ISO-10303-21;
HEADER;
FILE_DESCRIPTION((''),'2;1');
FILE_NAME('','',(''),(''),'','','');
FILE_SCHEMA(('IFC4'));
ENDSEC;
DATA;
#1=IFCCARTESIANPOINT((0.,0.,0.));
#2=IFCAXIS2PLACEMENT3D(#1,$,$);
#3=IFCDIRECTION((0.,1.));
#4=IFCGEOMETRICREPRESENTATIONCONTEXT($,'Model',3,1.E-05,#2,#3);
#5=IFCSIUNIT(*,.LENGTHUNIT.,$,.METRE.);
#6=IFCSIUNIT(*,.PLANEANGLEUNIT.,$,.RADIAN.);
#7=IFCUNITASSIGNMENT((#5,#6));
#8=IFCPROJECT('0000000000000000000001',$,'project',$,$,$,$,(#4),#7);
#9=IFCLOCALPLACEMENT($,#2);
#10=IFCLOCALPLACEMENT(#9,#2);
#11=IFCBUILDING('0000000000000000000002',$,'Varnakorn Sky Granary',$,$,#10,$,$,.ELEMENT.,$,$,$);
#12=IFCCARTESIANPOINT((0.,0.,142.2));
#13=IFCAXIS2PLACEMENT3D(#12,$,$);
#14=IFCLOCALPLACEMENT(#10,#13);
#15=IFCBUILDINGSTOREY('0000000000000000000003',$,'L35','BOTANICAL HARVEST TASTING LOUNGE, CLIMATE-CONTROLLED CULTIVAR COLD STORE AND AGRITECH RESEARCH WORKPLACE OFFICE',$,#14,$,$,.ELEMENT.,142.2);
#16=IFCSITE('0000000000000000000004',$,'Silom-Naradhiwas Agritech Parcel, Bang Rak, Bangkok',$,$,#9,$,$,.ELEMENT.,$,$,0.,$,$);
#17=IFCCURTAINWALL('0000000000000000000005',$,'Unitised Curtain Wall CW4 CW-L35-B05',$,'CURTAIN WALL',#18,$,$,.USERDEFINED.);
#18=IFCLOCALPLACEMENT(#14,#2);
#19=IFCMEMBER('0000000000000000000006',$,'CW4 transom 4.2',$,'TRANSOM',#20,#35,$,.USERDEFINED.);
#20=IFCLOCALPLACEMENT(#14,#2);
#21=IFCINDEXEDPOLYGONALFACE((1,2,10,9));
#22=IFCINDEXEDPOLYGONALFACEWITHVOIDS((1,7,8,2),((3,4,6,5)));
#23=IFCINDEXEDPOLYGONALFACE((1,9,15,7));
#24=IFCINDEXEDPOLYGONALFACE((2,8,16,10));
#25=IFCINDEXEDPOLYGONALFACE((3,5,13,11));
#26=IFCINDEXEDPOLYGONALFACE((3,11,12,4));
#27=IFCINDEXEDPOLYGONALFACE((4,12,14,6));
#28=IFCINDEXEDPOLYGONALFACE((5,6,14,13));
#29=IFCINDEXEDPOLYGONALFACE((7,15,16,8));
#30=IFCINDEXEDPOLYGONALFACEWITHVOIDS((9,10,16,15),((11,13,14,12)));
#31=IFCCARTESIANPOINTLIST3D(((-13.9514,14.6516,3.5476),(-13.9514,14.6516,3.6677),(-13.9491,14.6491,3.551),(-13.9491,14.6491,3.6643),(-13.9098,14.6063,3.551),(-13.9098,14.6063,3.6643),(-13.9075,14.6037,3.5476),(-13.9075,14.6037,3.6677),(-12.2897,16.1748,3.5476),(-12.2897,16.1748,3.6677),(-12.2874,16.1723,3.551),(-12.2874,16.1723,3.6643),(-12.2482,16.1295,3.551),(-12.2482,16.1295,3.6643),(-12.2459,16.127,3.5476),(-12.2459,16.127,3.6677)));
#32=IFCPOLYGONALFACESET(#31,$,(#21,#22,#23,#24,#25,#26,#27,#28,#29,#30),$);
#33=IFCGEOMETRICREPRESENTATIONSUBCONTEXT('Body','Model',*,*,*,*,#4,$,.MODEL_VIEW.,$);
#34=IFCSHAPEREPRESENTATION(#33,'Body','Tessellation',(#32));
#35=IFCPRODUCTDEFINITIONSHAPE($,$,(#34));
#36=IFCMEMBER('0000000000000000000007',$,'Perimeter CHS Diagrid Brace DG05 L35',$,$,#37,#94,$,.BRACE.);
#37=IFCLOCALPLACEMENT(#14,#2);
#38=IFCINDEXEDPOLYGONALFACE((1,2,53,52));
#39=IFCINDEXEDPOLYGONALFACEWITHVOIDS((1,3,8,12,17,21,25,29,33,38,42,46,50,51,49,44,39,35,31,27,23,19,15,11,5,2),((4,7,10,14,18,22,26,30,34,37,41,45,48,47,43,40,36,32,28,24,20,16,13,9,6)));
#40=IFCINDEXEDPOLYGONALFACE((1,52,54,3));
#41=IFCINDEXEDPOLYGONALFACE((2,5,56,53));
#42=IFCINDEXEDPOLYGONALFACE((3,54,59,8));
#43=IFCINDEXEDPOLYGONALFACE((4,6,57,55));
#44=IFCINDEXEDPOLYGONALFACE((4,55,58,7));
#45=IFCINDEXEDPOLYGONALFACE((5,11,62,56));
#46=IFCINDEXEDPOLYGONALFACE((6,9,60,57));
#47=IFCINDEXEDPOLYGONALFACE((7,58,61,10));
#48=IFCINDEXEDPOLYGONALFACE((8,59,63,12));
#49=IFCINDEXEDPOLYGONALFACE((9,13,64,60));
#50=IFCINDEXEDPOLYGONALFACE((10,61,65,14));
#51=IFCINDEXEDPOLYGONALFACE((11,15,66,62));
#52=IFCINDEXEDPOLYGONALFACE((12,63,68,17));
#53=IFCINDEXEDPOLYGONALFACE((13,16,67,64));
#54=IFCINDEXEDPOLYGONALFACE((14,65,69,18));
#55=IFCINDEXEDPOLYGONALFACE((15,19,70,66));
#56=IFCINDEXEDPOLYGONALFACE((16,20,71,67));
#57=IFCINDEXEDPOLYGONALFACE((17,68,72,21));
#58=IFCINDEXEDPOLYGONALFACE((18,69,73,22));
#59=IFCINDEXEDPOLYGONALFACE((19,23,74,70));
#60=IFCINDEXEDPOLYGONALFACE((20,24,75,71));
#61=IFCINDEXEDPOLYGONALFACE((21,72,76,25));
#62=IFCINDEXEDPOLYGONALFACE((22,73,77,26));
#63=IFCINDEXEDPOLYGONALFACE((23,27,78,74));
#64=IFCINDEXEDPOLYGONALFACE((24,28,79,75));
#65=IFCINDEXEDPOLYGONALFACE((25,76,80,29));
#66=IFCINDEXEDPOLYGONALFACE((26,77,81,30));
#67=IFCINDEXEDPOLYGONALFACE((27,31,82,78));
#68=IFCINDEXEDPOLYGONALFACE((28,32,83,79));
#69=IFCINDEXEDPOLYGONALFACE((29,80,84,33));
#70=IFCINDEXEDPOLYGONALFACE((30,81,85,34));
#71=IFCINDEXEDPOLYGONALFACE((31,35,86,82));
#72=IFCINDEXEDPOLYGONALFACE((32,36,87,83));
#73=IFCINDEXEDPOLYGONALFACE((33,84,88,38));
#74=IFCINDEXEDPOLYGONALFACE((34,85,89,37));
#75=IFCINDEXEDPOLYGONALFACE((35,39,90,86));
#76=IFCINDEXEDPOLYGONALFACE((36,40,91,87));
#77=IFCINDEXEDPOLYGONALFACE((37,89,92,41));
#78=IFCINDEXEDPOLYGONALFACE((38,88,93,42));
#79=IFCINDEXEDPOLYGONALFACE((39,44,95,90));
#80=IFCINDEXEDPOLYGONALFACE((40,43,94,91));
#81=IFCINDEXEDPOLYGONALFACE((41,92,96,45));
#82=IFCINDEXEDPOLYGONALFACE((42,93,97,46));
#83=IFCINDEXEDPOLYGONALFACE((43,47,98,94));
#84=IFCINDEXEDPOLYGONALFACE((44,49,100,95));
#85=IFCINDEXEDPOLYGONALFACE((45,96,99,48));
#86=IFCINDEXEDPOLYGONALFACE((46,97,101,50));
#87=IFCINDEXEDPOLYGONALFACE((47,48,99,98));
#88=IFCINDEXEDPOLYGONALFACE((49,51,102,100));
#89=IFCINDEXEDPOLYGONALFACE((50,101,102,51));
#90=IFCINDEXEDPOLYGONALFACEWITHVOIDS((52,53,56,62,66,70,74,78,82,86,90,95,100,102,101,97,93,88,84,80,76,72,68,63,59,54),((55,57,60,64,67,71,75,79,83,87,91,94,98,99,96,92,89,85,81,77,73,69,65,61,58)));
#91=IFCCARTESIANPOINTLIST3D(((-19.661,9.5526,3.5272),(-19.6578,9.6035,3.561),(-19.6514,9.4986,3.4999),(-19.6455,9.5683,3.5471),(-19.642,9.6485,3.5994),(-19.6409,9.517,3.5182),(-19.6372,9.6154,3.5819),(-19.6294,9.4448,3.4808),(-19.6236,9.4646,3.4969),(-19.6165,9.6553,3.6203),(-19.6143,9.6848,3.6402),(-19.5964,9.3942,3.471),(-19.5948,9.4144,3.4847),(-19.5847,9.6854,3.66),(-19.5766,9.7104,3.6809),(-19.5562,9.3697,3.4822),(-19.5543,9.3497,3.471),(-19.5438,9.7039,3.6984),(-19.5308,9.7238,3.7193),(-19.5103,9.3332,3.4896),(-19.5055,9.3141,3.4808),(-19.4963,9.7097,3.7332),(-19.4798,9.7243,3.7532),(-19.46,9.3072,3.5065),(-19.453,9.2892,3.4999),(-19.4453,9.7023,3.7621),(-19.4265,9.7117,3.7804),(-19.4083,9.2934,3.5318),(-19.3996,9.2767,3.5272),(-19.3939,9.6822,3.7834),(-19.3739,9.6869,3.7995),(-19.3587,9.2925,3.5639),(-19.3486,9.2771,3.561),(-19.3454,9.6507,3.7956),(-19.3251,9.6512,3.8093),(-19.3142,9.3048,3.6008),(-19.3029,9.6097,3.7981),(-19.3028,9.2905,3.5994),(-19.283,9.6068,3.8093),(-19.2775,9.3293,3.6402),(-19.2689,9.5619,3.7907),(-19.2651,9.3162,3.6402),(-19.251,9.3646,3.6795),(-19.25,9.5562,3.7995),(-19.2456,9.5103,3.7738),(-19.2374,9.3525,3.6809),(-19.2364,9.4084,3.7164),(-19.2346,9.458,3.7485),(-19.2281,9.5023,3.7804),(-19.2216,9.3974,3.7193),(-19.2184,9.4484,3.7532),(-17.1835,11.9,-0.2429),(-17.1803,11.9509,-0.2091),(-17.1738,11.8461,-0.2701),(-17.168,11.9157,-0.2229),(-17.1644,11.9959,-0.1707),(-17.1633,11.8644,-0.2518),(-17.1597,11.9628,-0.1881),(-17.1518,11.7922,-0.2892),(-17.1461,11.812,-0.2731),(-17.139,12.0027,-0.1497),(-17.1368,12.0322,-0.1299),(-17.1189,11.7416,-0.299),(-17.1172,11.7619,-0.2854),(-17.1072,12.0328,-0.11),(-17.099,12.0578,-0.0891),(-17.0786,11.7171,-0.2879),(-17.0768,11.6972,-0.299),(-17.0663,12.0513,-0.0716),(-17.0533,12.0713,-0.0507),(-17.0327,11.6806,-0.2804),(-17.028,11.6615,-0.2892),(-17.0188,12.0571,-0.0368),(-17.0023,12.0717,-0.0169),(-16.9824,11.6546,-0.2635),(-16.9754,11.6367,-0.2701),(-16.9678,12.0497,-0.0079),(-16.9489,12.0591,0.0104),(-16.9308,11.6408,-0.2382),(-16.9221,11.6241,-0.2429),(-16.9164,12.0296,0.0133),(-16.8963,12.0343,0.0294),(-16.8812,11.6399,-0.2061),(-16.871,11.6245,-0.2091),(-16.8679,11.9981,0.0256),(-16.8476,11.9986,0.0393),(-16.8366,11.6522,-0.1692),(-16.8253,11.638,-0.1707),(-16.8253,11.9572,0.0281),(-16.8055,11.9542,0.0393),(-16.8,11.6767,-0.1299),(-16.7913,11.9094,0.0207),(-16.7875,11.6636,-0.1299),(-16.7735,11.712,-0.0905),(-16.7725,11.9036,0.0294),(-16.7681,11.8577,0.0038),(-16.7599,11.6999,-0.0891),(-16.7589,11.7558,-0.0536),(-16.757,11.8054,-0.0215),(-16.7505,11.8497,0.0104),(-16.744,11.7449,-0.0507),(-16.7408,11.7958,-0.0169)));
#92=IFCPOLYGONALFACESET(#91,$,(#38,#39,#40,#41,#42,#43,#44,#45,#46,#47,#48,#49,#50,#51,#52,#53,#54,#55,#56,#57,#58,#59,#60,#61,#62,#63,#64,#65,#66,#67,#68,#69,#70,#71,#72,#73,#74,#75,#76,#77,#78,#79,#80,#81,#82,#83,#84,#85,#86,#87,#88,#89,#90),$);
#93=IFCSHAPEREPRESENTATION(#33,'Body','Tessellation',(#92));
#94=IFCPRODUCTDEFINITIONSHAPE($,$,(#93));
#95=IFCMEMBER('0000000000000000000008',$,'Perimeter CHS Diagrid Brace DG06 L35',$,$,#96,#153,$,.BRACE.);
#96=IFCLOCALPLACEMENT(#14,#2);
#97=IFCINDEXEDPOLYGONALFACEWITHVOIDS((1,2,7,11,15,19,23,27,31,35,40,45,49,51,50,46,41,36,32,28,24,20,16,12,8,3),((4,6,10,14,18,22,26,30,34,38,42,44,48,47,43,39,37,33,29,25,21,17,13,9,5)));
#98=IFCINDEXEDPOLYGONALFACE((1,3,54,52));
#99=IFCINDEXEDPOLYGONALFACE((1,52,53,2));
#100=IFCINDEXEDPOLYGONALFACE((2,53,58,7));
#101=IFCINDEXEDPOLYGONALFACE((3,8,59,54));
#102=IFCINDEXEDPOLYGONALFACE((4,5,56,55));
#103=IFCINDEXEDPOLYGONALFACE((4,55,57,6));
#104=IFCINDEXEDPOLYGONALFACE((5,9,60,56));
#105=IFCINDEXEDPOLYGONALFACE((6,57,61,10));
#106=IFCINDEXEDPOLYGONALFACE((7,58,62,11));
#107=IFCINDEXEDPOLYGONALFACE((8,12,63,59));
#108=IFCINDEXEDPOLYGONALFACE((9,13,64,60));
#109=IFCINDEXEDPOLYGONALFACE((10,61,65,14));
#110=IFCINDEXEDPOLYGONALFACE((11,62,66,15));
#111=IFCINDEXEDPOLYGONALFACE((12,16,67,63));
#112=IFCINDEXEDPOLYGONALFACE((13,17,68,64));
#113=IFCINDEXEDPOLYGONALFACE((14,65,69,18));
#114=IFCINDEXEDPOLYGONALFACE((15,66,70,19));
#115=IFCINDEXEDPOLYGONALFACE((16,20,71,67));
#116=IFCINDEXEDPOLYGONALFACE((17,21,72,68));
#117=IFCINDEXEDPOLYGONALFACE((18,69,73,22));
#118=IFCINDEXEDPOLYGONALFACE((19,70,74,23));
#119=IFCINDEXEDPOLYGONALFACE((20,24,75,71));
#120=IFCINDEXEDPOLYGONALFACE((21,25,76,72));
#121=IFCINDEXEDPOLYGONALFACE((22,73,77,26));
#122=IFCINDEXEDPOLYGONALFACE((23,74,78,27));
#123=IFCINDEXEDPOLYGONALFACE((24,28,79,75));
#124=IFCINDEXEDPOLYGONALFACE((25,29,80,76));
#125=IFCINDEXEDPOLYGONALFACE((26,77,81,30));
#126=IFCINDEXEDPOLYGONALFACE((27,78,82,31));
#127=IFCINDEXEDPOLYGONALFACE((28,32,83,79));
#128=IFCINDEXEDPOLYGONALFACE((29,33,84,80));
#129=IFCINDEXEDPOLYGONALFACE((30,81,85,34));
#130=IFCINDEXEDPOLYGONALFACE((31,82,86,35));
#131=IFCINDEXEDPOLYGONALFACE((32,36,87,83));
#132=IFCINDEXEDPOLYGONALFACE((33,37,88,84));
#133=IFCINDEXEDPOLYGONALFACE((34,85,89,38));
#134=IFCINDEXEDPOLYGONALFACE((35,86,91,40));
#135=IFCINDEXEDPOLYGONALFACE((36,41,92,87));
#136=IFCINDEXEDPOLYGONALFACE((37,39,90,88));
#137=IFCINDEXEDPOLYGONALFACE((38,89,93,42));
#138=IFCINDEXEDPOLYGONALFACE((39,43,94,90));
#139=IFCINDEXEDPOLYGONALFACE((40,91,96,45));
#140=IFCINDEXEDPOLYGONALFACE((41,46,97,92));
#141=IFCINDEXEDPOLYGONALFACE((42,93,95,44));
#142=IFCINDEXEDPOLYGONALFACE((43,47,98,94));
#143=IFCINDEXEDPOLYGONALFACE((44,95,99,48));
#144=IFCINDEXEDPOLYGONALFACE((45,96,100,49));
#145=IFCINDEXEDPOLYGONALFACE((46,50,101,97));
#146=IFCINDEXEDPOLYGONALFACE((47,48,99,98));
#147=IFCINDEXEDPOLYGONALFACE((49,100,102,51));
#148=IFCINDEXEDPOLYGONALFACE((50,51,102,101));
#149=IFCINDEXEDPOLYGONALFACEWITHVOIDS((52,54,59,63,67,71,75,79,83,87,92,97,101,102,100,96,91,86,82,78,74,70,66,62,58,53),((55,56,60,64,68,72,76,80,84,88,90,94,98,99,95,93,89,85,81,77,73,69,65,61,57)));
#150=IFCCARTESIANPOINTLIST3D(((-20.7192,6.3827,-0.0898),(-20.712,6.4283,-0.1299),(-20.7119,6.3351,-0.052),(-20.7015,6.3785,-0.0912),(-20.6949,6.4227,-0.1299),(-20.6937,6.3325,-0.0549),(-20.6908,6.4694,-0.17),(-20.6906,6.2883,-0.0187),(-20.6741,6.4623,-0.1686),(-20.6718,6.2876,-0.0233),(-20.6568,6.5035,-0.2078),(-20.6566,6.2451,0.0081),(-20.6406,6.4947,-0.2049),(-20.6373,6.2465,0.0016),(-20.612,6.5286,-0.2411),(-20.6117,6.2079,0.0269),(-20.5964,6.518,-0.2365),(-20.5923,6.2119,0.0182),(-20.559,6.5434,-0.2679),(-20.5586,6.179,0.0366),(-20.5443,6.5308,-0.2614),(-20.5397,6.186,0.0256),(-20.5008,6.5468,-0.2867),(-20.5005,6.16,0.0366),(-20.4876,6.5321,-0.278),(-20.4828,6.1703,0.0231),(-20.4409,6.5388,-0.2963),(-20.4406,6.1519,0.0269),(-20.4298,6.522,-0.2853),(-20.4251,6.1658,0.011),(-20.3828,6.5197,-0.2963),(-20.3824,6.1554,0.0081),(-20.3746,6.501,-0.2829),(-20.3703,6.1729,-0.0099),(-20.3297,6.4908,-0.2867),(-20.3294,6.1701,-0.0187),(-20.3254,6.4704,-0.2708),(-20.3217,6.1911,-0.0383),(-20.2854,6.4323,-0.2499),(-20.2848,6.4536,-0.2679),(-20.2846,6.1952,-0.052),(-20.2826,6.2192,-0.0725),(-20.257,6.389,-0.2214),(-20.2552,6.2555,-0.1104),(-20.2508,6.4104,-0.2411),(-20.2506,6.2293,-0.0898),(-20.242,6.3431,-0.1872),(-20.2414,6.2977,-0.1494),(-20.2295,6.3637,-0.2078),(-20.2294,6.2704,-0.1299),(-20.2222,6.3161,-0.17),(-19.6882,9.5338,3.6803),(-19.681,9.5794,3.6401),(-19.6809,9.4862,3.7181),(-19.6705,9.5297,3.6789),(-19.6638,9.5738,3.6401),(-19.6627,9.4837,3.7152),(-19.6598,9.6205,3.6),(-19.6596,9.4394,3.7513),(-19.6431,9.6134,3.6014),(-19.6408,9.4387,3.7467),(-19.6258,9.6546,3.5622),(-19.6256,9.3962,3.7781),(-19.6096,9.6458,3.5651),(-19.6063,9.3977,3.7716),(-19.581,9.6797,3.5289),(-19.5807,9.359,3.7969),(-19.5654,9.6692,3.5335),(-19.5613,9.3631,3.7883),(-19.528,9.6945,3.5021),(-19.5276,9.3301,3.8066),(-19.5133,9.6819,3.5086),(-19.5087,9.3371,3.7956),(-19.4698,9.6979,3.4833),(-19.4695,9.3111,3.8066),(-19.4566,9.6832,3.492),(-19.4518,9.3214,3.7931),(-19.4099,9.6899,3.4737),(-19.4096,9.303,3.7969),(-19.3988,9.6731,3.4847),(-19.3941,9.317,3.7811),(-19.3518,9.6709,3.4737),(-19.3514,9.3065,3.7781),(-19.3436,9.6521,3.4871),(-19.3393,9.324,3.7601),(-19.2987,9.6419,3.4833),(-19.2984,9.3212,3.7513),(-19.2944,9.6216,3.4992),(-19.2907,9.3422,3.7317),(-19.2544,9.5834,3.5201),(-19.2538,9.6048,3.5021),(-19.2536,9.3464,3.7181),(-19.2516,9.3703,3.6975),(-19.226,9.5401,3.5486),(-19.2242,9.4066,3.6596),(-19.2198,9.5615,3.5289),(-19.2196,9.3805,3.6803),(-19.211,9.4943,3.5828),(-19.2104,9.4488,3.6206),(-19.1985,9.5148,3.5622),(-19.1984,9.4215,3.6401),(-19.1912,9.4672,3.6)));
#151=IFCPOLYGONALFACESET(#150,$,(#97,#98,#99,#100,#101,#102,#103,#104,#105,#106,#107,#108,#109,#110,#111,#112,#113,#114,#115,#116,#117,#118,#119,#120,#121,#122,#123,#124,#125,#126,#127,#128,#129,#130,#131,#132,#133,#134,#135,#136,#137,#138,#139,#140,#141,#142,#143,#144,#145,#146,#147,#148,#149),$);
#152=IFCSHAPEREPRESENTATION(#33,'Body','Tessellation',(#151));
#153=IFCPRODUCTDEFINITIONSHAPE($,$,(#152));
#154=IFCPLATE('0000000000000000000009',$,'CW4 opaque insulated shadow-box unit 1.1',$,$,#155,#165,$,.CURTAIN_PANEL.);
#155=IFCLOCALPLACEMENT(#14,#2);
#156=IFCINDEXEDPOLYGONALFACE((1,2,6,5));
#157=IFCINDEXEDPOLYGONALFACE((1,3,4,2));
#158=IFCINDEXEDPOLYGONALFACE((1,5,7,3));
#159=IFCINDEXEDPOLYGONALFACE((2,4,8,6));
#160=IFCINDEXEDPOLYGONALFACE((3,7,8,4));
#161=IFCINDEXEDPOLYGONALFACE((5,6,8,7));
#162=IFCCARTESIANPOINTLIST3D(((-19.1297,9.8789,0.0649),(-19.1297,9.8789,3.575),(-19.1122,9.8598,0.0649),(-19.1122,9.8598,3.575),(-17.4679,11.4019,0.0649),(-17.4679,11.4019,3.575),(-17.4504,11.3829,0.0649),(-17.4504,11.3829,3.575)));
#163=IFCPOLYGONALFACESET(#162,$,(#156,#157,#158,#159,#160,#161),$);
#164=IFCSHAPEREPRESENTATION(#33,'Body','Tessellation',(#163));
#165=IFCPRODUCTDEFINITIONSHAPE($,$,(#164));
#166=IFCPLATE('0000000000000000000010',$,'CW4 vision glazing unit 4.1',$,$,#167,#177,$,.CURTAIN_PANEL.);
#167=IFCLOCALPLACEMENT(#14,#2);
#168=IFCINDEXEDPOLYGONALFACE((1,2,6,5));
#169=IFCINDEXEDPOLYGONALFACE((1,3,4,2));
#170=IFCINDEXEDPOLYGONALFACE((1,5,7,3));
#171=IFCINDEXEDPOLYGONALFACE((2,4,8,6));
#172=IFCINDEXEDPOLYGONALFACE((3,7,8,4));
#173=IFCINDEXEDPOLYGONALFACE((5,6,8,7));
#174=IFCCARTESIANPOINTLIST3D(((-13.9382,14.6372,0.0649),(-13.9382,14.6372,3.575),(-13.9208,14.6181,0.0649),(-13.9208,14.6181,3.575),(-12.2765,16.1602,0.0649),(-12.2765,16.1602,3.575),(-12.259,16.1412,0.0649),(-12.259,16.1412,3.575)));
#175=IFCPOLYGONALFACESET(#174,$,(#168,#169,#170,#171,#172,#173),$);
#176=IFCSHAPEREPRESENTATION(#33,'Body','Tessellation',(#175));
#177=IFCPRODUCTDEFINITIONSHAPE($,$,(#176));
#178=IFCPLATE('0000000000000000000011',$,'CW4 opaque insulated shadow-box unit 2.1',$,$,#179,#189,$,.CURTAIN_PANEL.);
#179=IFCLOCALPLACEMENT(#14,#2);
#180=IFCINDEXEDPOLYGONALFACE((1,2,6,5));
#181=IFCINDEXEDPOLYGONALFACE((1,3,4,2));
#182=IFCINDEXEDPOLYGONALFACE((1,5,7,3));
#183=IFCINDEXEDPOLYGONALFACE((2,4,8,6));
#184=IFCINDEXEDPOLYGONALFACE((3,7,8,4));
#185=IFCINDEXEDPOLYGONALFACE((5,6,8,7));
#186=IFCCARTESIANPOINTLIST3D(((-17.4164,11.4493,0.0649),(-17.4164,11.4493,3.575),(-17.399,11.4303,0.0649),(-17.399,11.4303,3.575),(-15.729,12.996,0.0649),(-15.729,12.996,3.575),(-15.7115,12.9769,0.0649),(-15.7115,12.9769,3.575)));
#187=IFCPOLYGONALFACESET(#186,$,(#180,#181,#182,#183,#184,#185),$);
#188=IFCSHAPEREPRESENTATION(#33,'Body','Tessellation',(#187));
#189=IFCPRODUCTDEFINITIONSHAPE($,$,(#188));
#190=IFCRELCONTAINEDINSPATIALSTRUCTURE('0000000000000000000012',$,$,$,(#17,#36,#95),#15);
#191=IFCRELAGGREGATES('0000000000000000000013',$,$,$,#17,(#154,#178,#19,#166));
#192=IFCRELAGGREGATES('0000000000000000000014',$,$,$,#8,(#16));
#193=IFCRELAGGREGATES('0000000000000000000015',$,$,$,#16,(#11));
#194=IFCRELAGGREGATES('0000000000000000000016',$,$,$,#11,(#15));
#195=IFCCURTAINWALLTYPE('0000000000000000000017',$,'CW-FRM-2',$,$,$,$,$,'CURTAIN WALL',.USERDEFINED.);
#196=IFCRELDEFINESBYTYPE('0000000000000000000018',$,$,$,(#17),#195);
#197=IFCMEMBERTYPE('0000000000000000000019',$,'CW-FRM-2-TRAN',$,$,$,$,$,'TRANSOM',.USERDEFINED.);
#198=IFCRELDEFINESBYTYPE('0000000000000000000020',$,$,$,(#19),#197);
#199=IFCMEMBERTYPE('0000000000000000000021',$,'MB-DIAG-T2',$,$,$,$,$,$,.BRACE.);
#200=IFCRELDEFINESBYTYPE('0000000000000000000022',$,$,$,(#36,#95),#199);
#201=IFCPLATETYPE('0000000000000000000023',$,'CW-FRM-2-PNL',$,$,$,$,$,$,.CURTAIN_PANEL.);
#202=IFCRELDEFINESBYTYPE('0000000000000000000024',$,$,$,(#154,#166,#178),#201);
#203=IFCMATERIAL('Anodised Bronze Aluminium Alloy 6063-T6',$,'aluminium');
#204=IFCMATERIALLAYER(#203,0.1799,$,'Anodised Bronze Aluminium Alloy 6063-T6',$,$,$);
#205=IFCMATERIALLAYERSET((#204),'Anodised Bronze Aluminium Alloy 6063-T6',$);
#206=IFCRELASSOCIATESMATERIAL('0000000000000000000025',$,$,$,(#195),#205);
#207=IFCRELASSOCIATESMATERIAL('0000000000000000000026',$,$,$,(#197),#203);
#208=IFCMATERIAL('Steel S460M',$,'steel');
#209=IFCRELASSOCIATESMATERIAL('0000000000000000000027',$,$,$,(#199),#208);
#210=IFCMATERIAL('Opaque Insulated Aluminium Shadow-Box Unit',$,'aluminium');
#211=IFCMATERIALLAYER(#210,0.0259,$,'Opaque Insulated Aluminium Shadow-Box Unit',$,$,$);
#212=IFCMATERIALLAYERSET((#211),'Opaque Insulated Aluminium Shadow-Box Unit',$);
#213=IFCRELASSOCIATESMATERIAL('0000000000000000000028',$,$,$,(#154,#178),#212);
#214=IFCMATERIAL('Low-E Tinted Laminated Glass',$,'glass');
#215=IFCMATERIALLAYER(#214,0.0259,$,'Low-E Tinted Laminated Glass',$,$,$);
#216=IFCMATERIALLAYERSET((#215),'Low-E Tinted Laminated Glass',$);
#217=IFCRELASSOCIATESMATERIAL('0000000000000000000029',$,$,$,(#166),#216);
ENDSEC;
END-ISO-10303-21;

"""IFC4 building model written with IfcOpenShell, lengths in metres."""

from ifc_helpers import new_model, si_unit, direction, frame, origin, origin_2d, place, context, subcontext, project, spatial, rectangle, hollow_rectangle, hollow_circle, extrude, source, transform, mapped, material, layer, layer_set, material_profile, profile_set, type_object, element, aggregate, save


model = new_model("IFC4")

# Units and contexts
model_context = context("Model", 3, precision=1e-05, world=origin(), true_north=direction((0.0, 1.0)))
body_context = subcontext(model_context, "Body", "Model", "MODEL_VIEW")
ifc_project = project(units=[si_unit("LENGTHUNIT", "METRE"), si_unit("PLANEANGLEUNIT", "RADIAN")], contexts=[model_context])

# Site, building, storey
site_placement = place(None, origin())
site = spatial("IfcSite", under=ifc_project, at=site_placement, Name="Silom-Naradhiwas Agritech Parcel, Bang Rak, Bangkok", CompositionType="ELEMENT", RefElevation=0.0)
building_placement = place(site_placement, origin())
building = spatial("IfcBuilding", under=site, at=building_placement, Name="Varnakorn Sky Granary", CompositionType="ELEMENT")
storey_placement = place(building_placement, frame((0.0, 0.0, 142.2)))
storey = spatial("IfcBuildingStorey", under=building, at=storey_placement, Name="L35", Description="BOTANICAL HARVEST TASTING LOUNGE, CLIMATE-CONTROLLED CULTIVAR COLD STORE AND AGRITECH RESEARCH WORKPLACE OFFICE", CompositionType="ELEMENT", Elevation=142.2)

# Shared definitions
ifc_material_1 = material(Name="Steel S460M", Category="steel")

# Curtain wall
ifc_material_2 = material(Name="Anodised Bronze Aluminium Alloy 6063-T6", Category="aluminium")
ifc_layer_1 = layer(ifc_material_2, 0.1799, Name="Anodised Bronze Aluminium Alloy 6063-T6")
ifc_layer_set_1 = layer_set([ifc_layer_1], Name="Anodised Bronze Aluminium Alloy 6063-T6")
curtain_wall_type = type_object("IfcCurtainWallType", Name="CW-FRM-2", ElementType="CURTAIN WALL", PredefinedType="USERDEFINED", material=ifc_layer_set_1)
curtain_wall_1_placement = place(storey_placement, origin())
curtain_wall_1 = element("IfcCurtainWall", 1, at=curtain_wall_1_placement, inside=storey, type_object=curtain_wall_type, Name="Unitised Curtain Wall CW4 CW-L35-B05", ObjectType="CURTAIN WALL", PredefinedType="USERDEFINED")

# Member
ifc_material_profile_1 = material_profile(ifc_material_2, hollow_rectangle(XDim=0.0649, YDim=0.1201, WallThickness=0.0034, at=origin_2d()), Name="ALU TRAN 65x120")
ifc_profile_set_1 = profile_set([ifc_material_profile_1], Name="Anodised Bronze Aluminium Alloy 6063-T6")
member_type_1 = type_object("IfcMemberType", Name="CW-FRM-2-TRAN", ElementType="TRANSOM", PredefinedType="USERDEFINED", material=ifc_profile_set_1)
member_1_placement = place(storey_placement, frame((-13.9294, 14.6277, 3.6077), z_axis=(0.737145, 0.675734, 0.0), x_axis=(-0.675734, 0.737145, 0.0)))
member_1 = element("IfcMember", 2, at=member_1_placement, type_object=member_type_1, Name="CW4 transom 4.2", ObjectType="TRANSOM", PredefinedType="USERDEFINED", context=body_context, shape_type="SweptSolid", body=[
    extrude(hollow_rectangle(XDim=0.0649, YDim=0.1201, WallThickness=0.0034, at=origin_2d()), origin(), (0.0, 0.0, 1.0), 2.2542),
])

# Members
ifc_material_profile_2 = material_profile(ifc_material_1, hollow_circle(Radius=0.2539, WallThickness=0.0181, at=origin_2d()), Name="CHS 508x18")
ifc_profile_set_2 = profile_set([ifc_material_profile_2], Name="Steel S460M")
member_type_2 = type_object("IfcMemberType", Name="MB-DIAG-T2", PredefinedType="BRACE", material=ifc_profile_set_2)
member_2_placement = place(storey_placement, frame((-16.9622, 11.8479, -0.1299), z_axis=(-0.487184, -0.461596, 0.741338), x_axis=(0.687786, -0.725913, 0.0)))
element("IfcMember", 3, at=member_2_placement, inside=storey, type_object=member_type_2, Name="Perimeter CHS Diagrid Brace DG05 L35", PredefinedType="BRACE", context=body_context, shape_type="SweptSolid", body=[
    extrude(hollow_circle(Radius=0.2539, WallThickness=0.0181, at=origin_2d()), origin(), (0.0, 0.0, 1.0), 5.0854),
])
member_3_placement = place(storey_placement, frame((-20.4707, 6.3494, -0.1299), z_axis=(0.205358, 0.627649, 0.750922), x_axis=(-0.950421, 0.310965, 0.0)))
element("IfcMember", 4, at=member_3_placement, inside=storey, type_object=member_type_2, Name="Perimeter CHS Diagrid Brace DG06 L35", PredefinedType="BRACE", context=body_context, shape_type="SweptSolid", body=[
    extrude(hollow_circle(Radius=0.2539, WallThickness=0.0181, at=origin_2d()), origin(), (0.0, 0.0, 1.0), 5.0205),
])

# Plates
ifc_material_3 = material(Name="Opaque Insulated Aluminium Shadow-Box Unit", Category="aluminium")
ifc_layer_2 = layer(ifc_material_3, 0.0259, Name="Opaque Insulated Aluminium Shadow-Box Unit")
ifc_layer_set_2 = layer_set([ifc_layer_2], Name="Opaque Insulated Aluminium Shadow-Box Unit")
plate_type = type_object("IfcPlateType", Name="CW-FRM-2-PNL", PredefinedType="CURTAIN_PANEL")
shared_shape_1 = source(origin(), body_context, "Body", "SweptSolid", [
    extrude(rectangle(XDim=2.2542, YDim=0.0259, at=origin_2d()), origin(), (0.0, 0.0, 1.0), 3.51),
])
plate_1_placement = place(storey_placement, frame((-18.29, 10.6309, 0.0649), z_axis=(0.0, 0.0, 1.0), x_axis=(0.737191, 0.675685, 0.0)))
plate_1 = element("IfcPlate", 5, at=plate_1_placement, type_object=plate_type, material=ifc_layer_set_2, Name="CW4 opaque insulated shadow-box unit 1.1", PredefinedType="CURTAIN_PANEL", context=body_context, shape_type="MappedRepresentation", body=[
    mapped(shared_shape_1, transform((0.0, 0.0, 0.0), x_axis=(1.0, 0.0, 0.0), y_axis=(0.0, 1.0, 0.0), z_axis=(0.0, 0.0, 1.0), scale=1.0)),
])
ifc_material_4 = material(Name="Low-E Tinted Laminated Glass", Category="glass")
ifc_layer_3 = layer(ifc_material_4, 0.0259, Name="Low-E Tinted Laminated Glass")
ifc_layer_set_3 = layer_set([ifc_layer_3], Name="Low-E Tinted Laminated Glass")
plate_2_placement = place(storey_placement, frame((-13.0986, 15.3892, 0.0649), z_axis=(0.0, 0.0, 1.0), x_axis=(0.737191, 0.675685, 0.0)))
plate_2 = element("IfcPlate", 6, at=plate_2_placement, type_object=plate_type, material=ifc_layer_set_3, Name="CW4 vision glazing unit 4.1", PredefinedType="CURTAIN_PANEL", context=body_context, shape_type="MappedRepresentation", body=[
    mapped(shared_shape_1, transform((0.0, 0.0, 0.0), x_axis=(1.0, 0.0, 0.0), y_axis=(0.0, 1.0, 0.0), z_axis=(0.0, 0.0, 1.0), scale=1.0)),
])
shared_shape_2 = source(origin(), body_context, "Body", "SweptSolid", [
    extrude(rectangle(XDim=2.2891, YDim=0.0259, at=origin_2d()), origin(), (0.0, 0.0, 1.0), 3.51),
])
plate_3_placement = place(storey_placement, frame((-16.564, 12.2131, 0.0649), z_axis=(0.0, 0.0, 1.0), x_axis=(0.737191, 0.675685, 0.0)))
plate_3 = element("IfcPlate", 7, at=plate_3_placement, type_object=plate_type, material=ifc_layer_set_2, Name="CW4 opaque insulated shadow-box unit 2.1", PredefinedType="CURTAIN_PANEL", context=body_context, shape_type="MappedRepresentation", body=[
    mapped(shared_shape_2, transform((0.0, 0.0, 0.0), x_axis=(1.0, 0.0, 0.0), y_axis=(0.0, 1.0, 0.0), z_axis=(0.0, 0.0, 1.0), scale=1.0)),
])
aggregate(curtain_wall_1, [plate_1, plate_3, member_1, plate_2])

save(model, "model.ifc")
